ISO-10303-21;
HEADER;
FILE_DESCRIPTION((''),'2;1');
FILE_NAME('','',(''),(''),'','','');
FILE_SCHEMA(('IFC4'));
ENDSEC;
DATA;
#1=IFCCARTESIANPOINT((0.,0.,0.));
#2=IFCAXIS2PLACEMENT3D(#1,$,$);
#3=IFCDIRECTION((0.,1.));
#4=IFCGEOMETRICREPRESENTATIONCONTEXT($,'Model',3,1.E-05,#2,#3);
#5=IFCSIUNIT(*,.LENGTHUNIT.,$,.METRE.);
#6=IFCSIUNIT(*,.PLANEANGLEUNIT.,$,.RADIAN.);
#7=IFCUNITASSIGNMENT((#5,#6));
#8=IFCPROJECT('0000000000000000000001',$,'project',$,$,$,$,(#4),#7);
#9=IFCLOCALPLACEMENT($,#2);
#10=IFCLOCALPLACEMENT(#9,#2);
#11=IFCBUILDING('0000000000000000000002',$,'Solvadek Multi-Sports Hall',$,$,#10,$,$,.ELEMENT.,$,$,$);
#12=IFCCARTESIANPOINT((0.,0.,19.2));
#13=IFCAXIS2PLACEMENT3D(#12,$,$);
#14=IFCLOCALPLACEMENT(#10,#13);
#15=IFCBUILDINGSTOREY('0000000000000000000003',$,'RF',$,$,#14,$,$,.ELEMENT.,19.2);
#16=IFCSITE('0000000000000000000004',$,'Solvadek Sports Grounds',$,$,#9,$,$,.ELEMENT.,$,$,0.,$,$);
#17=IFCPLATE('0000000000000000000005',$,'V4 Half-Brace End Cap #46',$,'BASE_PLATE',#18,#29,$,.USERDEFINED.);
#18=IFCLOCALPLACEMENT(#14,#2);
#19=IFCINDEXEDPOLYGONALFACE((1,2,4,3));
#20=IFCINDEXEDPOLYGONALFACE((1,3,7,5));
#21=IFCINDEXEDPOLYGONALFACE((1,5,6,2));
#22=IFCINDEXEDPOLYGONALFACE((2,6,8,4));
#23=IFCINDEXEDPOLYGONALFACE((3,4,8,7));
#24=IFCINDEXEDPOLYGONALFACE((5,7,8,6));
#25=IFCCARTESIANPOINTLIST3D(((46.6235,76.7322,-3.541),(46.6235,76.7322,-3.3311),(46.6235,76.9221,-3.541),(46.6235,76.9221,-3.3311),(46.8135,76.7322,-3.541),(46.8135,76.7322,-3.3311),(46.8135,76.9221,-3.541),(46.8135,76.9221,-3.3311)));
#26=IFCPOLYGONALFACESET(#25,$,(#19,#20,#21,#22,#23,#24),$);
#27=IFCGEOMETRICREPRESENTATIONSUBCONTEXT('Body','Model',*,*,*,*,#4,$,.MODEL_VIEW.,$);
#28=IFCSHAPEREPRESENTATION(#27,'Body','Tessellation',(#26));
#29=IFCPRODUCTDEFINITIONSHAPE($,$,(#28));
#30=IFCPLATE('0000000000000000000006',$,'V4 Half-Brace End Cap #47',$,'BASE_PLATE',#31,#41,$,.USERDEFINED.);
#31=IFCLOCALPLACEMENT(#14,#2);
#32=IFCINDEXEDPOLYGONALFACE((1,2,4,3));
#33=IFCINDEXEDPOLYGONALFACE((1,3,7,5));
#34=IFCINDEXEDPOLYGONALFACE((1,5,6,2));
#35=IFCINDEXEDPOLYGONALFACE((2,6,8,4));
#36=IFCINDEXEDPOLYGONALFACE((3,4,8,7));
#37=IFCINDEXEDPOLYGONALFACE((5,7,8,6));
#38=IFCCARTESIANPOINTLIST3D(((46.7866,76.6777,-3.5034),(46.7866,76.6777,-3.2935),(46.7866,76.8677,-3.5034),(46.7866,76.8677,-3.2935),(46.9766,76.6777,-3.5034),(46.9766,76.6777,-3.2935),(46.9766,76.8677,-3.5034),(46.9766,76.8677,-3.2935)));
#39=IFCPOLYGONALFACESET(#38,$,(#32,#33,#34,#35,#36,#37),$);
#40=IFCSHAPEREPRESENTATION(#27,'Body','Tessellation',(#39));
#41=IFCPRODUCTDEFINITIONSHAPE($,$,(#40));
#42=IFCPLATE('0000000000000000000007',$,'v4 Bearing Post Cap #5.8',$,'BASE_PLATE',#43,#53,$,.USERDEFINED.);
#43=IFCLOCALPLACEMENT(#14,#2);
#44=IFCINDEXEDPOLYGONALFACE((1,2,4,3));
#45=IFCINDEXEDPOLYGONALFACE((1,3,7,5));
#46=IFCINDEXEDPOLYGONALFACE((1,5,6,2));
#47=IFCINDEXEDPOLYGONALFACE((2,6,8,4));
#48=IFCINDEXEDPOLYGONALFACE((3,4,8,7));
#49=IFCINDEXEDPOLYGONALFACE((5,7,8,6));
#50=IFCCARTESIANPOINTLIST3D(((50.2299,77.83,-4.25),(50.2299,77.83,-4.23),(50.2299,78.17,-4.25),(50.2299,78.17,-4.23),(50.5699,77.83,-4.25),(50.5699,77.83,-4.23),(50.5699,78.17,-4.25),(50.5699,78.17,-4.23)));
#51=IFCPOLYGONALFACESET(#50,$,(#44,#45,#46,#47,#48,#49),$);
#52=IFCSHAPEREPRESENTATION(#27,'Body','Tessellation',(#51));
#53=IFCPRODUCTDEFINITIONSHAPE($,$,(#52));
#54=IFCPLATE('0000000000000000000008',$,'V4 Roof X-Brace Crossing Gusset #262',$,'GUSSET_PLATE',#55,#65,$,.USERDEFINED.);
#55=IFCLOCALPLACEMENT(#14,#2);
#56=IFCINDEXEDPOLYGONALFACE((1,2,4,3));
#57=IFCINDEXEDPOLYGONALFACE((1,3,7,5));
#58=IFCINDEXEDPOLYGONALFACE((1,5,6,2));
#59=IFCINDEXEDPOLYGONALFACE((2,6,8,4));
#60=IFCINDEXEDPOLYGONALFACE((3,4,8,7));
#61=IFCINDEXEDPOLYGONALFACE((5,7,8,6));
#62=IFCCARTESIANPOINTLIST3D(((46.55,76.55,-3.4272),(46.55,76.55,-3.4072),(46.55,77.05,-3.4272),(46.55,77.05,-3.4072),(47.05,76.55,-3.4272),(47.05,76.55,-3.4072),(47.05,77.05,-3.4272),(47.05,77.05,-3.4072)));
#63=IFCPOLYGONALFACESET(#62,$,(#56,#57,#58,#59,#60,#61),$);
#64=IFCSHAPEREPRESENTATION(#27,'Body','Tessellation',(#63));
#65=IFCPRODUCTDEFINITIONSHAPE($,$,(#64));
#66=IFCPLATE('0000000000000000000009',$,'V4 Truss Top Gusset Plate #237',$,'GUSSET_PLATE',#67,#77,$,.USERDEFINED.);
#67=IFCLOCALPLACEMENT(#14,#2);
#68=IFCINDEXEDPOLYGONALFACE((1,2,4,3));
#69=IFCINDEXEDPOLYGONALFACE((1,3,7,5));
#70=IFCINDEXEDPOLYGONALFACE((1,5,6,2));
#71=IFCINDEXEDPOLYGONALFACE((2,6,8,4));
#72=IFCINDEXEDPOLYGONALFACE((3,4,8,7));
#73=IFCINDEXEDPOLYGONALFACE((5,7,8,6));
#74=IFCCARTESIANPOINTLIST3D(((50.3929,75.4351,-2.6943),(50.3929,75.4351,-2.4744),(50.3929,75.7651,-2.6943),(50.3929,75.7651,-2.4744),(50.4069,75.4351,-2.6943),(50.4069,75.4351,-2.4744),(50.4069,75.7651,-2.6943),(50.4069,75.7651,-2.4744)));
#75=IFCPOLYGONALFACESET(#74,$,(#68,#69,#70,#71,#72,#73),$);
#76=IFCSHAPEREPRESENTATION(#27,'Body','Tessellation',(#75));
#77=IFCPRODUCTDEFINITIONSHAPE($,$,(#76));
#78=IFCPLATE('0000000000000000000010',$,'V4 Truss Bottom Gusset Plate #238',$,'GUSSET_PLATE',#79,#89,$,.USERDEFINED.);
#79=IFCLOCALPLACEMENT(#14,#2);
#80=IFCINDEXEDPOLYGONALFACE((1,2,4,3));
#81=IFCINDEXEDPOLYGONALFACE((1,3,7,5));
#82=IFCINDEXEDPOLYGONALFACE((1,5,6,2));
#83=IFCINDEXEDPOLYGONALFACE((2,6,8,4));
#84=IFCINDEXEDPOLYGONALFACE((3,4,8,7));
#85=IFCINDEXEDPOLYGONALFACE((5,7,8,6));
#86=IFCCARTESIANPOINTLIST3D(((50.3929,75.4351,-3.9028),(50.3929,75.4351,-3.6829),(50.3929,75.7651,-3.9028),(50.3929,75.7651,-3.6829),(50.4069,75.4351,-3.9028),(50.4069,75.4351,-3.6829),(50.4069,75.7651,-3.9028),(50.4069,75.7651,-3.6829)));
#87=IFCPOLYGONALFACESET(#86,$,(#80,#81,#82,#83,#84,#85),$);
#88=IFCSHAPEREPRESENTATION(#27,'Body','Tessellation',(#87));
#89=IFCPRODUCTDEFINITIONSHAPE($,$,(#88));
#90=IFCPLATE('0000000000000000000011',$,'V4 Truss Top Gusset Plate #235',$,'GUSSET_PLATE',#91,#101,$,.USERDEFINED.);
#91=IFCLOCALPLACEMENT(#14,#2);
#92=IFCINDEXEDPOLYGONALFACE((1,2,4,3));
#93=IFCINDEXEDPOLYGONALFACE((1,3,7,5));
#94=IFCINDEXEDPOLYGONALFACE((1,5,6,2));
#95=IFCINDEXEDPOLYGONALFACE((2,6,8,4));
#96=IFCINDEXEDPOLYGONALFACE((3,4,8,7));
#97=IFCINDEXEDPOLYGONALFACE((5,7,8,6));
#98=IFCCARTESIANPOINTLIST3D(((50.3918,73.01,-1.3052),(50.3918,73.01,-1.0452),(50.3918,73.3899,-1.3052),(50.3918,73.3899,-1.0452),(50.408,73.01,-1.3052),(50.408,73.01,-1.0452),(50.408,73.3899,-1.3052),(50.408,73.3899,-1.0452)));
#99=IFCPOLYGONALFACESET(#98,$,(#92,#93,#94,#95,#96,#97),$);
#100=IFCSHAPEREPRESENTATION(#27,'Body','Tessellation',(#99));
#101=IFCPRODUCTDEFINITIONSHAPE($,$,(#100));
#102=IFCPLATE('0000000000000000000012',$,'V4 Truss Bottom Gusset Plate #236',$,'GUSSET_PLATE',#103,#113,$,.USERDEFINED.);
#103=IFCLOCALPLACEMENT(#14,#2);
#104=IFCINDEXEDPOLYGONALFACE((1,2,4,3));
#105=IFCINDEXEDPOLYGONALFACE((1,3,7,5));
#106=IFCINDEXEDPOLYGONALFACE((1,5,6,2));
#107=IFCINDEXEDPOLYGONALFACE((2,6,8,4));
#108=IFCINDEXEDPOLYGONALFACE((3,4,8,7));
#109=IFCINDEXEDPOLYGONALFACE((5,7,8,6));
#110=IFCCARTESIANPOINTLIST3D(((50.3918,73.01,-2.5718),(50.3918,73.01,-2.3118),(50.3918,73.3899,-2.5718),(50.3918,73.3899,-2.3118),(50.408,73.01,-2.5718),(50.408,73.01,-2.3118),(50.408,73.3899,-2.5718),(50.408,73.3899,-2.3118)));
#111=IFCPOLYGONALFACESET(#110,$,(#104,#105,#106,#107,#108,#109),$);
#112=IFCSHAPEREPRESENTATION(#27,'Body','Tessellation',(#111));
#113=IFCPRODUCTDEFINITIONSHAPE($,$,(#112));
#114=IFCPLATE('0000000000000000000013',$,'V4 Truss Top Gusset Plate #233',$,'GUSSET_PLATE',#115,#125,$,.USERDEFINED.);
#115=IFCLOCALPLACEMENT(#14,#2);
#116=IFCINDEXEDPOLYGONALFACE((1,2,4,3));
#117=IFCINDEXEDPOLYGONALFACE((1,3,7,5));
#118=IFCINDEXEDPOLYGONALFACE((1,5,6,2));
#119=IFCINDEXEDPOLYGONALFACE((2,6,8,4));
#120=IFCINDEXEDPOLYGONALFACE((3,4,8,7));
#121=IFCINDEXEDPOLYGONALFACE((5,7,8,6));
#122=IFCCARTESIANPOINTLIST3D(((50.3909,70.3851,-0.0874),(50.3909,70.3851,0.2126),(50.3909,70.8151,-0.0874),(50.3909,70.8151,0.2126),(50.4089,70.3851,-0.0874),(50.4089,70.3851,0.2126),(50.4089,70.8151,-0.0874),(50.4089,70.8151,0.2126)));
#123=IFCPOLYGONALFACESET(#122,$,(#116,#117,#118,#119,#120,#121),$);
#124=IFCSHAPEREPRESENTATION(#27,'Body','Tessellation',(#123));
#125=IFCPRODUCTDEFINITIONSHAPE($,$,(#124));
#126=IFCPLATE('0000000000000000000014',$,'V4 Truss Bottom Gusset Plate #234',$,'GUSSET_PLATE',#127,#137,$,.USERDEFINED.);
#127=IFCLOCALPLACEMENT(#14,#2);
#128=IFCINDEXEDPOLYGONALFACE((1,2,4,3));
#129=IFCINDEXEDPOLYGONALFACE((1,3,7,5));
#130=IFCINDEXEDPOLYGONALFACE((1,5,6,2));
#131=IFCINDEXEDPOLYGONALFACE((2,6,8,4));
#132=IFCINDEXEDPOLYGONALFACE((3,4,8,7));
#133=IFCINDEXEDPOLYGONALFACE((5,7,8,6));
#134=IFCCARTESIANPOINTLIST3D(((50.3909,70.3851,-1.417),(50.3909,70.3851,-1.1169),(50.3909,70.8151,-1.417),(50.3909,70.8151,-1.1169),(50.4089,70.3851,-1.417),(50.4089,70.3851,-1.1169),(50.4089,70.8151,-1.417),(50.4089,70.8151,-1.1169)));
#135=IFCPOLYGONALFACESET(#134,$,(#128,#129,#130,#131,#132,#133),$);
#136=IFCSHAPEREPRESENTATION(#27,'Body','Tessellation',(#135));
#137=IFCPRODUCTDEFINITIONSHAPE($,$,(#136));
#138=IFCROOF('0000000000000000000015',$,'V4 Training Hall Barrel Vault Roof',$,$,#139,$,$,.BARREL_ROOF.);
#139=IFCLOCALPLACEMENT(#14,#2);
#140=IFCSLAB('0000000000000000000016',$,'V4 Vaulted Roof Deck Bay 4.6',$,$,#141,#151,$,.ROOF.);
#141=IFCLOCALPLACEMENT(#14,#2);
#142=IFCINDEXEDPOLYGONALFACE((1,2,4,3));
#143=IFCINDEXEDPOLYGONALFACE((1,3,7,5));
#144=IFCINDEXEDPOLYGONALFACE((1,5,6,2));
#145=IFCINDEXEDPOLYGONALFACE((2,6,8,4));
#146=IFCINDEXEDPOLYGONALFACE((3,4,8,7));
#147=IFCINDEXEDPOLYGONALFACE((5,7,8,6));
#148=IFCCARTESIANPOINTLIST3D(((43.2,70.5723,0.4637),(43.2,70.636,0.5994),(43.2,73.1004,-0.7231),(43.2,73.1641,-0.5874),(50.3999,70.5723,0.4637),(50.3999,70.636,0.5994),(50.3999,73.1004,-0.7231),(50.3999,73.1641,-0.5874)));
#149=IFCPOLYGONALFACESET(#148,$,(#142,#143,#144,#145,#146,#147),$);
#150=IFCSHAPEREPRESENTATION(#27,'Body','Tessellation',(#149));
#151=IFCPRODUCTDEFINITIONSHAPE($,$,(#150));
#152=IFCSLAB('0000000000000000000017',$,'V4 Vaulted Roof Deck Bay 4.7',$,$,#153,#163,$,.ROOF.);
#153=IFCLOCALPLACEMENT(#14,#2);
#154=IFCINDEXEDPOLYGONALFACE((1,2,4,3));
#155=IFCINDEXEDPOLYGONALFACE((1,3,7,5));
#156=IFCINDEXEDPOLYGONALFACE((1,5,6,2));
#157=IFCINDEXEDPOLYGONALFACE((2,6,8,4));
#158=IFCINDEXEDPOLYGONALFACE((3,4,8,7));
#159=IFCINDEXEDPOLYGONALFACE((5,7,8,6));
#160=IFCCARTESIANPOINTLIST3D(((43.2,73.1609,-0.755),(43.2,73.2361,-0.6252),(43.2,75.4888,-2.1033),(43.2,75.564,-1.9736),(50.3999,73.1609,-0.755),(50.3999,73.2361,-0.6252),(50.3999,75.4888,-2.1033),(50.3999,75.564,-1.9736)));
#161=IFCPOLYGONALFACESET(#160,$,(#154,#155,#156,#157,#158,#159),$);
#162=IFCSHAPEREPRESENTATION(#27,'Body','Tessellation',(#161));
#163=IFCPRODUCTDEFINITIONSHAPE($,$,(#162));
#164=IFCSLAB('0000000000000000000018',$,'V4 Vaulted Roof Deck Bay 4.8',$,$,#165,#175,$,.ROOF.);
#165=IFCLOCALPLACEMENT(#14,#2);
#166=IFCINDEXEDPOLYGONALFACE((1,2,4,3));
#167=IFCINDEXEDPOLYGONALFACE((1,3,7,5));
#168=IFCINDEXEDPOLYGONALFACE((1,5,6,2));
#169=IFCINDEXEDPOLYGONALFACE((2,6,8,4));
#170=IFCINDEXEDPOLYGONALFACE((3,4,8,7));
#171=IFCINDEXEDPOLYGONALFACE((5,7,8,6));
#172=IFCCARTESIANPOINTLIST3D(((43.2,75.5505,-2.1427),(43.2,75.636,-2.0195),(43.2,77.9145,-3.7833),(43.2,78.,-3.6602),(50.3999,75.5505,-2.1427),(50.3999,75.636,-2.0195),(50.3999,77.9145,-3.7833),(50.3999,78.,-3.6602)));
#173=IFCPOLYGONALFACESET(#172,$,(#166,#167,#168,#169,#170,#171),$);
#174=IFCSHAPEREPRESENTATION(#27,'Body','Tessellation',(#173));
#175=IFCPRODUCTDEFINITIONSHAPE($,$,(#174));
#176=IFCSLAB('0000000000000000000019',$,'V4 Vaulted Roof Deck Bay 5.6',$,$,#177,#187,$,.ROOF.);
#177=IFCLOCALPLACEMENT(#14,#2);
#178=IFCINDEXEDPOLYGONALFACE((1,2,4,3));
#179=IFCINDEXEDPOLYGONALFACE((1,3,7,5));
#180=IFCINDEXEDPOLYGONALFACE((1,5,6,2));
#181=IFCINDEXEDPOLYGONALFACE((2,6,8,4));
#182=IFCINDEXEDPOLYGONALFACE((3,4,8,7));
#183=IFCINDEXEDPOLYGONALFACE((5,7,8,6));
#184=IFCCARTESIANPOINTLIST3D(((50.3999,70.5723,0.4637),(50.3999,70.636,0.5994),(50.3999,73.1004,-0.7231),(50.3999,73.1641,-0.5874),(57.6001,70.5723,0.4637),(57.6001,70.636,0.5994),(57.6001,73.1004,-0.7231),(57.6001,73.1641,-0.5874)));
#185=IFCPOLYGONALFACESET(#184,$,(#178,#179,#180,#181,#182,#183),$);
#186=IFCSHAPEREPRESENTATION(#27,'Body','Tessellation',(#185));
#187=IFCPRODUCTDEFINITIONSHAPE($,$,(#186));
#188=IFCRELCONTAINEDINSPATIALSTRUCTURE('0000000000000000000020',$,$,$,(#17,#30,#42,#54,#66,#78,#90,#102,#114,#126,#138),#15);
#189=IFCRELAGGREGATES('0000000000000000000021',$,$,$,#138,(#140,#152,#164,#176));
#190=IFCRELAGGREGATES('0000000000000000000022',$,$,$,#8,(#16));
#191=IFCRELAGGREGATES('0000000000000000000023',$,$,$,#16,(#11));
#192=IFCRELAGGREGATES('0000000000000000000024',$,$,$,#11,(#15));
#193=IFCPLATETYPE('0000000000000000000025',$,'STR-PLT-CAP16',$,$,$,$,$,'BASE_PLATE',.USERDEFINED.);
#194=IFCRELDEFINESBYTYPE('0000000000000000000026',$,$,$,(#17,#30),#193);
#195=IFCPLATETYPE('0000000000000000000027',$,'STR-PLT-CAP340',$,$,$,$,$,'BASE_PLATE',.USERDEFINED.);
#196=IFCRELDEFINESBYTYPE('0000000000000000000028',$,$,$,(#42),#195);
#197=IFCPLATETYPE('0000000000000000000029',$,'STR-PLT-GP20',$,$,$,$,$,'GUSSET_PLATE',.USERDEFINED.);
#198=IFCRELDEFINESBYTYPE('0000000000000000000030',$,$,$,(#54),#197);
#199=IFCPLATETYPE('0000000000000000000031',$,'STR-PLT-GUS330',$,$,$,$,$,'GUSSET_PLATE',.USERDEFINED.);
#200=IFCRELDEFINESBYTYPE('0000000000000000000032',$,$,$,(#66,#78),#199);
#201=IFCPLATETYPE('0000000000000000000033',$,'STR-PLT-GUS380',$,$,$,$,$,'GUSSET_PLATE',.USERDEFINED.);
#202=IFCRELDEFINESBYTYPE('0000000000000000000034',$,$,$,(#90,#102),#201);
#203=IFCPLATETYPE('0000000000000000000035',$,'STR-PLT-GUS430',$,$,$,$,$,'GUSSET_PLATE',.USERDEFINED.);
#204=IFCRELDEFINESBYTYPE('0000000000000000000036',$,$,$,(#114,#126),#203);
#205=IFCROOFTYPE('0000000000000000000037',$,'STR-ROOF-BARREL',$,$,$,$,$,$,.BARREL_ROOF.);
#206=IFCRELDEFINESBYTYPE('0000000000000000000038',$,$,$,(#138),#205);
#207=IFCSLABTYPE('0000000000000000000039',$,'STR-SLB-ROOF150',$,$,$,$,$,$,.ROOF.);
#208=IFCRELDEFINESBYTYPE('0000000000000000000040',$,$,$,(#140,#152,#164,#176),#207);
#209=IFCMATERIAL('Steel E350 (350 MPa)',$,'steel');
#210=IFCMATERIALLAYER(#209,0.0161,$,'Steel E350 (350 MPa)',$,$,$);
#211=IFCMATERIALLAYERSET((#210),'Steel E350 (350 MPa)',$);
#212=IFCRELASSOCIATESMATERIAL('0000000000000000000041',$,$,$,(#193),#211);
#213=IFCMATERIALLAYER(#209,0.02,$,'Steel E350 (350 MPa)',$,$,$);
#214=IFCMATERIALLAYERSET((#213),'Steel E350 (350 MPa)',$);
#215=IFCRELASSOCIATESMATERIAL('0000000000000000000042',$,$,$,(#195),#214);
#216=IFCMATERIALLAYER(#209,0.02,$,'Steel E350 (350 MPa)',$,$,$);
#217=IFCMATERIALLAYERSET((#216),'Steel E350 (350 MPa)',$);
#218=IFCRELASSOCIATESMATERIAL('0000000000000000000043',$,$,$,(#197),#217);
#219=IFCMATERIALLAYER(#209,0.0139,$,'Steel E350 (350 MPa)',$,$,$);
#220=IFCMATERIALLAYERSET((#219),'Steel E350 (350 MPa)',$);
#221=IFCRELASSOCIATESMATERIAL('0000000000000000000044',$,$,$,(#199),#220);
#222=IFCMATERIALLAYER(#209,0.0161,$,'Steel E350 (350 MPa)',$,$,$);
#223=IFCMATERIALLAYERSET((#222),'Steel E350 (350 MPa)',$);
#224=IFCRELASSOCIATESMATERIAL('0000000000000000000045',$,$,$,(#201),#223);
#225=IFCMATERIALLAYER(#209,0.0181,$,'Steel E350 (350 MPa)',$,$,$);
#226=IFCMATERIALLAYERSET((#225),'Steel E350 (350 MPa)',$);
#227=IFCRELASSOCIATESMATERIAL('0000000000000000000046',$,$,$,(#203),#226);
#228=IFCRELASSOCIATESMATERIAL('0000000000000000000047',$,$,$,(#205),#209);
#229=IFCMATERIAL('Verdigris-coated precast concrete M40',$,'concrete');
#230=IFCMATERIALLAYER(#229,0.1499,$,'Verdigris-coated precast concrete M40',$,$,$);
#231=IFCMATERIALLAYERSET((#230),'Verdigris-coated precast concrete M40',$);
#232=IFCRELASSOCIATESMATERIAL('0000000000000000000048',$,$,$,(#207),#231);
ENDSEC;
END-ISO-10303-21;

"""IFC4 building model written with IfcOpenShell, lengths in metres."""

from ifc_helpers import new_model, si_unit, direction, frame, origin, origin_2d, place, context, subcontext, project, spatial, polyline, rectangle, outline, extrude, material, layer, layer_set, type_object, element, aggregate, save


model = new_model("IFC4")

# Units and contexts
model_context = context("Model", 3, precision=1e-05, world=origin(), true_north=direction((0.0, 1.0)))
body_context = subcontext(model_context, "Body", "Model", "MODEL_VIEW")
ifc_project = project(units=[si_unit("LENGTHUNIT", "METRE"), si_unit("PLANEANGLEUNIT", "RADIAN")], contexts=[model_context])

# Site, building, storey
site_placement = place(None, origin())
site = spatial("IfcSite", under=ifc_project, at=site_placement, Name="Solvadek Sports Grounds", CompositionType="ELEMENT", RefElevation=0.0)
building_placement = place(site_placement, origin())
building = spatial("IfcBuilding", under=site, at=building_placement, Name="Solvadek Multi-Sports Hall", CompositionType="ELEMENT")
storey_placement = place(building_placement, frame((0.0, 0.0, 19.2)))
storey = spatial("IfcBuildingStorey", under=building, at=storey_placement, Name="RF", CompositionType="ELEMENT", Elevation=19.2)

# Shared definitions
ifc_material_1 = material(Name="Steel E350 (350 MPa)", Category="steel")

# Plates
ifc_layer_1 = layer(ifc_material_1, 0.0161, Name="Steel E350 (350 MPa)")
ifc_layer_set_1 = layer_set([ifc_layer_1], Name="Steel E350 (350 MPa)")
plate_type_1 = type_object("IfcPlateType", Name="STR-PLT-CAP16", ElementType="BASE_PLATE", PredefinedType="USERDEFINED", material=ifc_layer_set_1)
for number, where, z_axis, x_axis, name in (
    (1, (46.7185, 76.8271, -3.541), (0.0, 0.0, 1.0), (1.0, 0.0, 0.0), "V4 Half-Brace End Cap #46"),
    (2, (46.8816, 76.7727, -3.5034), (0.0, 0.0, 1.0), (1.0, 0.0, 0.0), "V4 Half-Brace End Cap #47"),
):
    element("IfcPlate", number, at=place(storey_placement, frame(where, z_axis=z_axis, x_axis=x_axis)), inside=storey, type_object=plate_type_1, Name=name, ObjectType="BASE_PLATE", PredefinedType="USERDEFINED", context=body_context, shape_type="SweptSolid", body=[
        extrude(rectangle(XDim=0.1899, YDim=0.1899, at=origin_2d()), origin(), (0.0, 0.0, 1.0), 0.21),
    ])
ifc_layer_2 = layer(ifc_material_1, 0.02, Name="Steel E350 (350 MPa)")
ifc_layer_set_2 = layer_set([ifc_layer_2], Name="Steel E350 (350 MPa)")
plate_type_2 = type_object("IfcPlateType", Name="STR-PLT-CAP340", ElementType="BASE_PLATE", PredefinedType="USERDEFINED", material=ifc_layer_set_2)
plate_1_placement = place(storey_placement, frame((50.3999, 78.0, -4.25), z_axis=(0.0, 0.0, 1.0), x_axis=(1.0, 0.0, 0.0)))
element("IfcPlate", 3, at=plate_1_placement, inside=storey, type_object=plate_type_2, Name="v4 Bearing Post Cap #5.8", ObjectType="BASE_PLATE", PredefinedType="USERDEFINED", context=body_context, shape_type="SweptSolid", body=[
    extrude(rectangle(XDim=0.3401, YDim=0.3401, at=origin_2d()), origin(), (0.0, 0.0, 1.0), 0.02),
])
ifc_layer_3 = layer(ifc_material_1, 0.02, Name="Steel E350 (350 MPa)")
ifc_layer_set_3 = layer_set([ifc_layer_3], Name="Steel E350 (350 MPa)")
plate_type_3 = type_object("IfcPlateType", Name="STR-PLT-GP20", ElementType="GUSSET_PLATE", PredefinedType="USERDEFINED", material=ifc_layer_set_3)
plate_2_placement = place(storey_placement, frame((46.8, 76.8, -3.4272), z_axis=(0.0, 0.0, 1.0), x_axis=(1.0, 0.0, 0.0)))
element("IfcPlate", 4, at=plate_2_placement, inside=storey, type_object=plate_type_3, Name="V4 Roof X-Brace Crossing Gusset #262", ObjectType="GUSSET_PLATE", PredefinedType="USERDEFINED", context=body_context, shape_type="SweptSolid", body=[
    extrude(rectangle(XDim=0.5, YDim=0.5, at=origin_2d()), origin(), (0.0, 0.0, 1.0), 0.02),
])
ifc_layer_4 = layer(ifc_material_1, 0.0139, Name="Steel E350 (350 MPa)")
ifc_layer_set_4 = layer_set([ifc_layer_4], Name="Steel E350 (350 MPa)")
plate_type_4 = type_object("IfcPlateType", Name="STR-PLT-GUS330", ElementType="GUSSET_PLATE", PredefinedType="USERDEFINED", material=ifc_layer_set_4)
for number, where, z_axis, x_axis, name in (
    (5, (50.3999, 75.6001, -2.6943), (0.0, 0.0, 1.0), (0.0, 1.0, 0.0), "V4 Truss Top Gusset Plate #237"),
    (6, (50.3999, 75.6001, -3.9028), (0.0, 0.0, 1.0), (0.0, 1.0, 0.0), "V4 Truss Bottom Gusset Plate #238"),
):
    element("IfcPlate", number, at=place(storey_placement, frame(where, z_axis=z_axis, x_axis=x_axis)), inside=storey, type_object=plate_type_4, Name=name, ObjectType="GUSSET_PLATE", PredefinedType="USERDEFINED", context=body_context, shape_type="SweptSolid", body=[
        extrude(rectangle(XDim=0.3301, YDim=0.0139, at=origin_2d()), origin(), (0.0, 0.0, 1.0), 0.22),
    ])
ifc_layer_5 = layer(ifc_material_1, 0.0161, Name="Steel E350 (350 MPa)")
ifc_layer_set_5 = layer_set([ifc_layer_5], Name="Steel E350 (350 MPa)")
plate_type_5 = type_object("IfcPlateType", Name="STR-PLT-GUS380", ElementType="GUSSET_PLATE", PredefinedType="USERDEFINED", material=ifc_layer_set_5)
for number, where, z_axis, x_axis, name in (
    (7, (50.3999, 73.2, -1.3052), (0.0, 0.0, 1.0), (0.0, 1.0, 0.0), "V4 Truss Top Gusset Plate #235"),
    (8, (50.3999, 73.2, -2.5718), (0.0, 0.0, 1.0), (0.0, 1.0, 0.0), "V4 Truss Bottom Gusset Plate #236"),
):
    element("IfcPlate", number, at=place(storey_placement, frame(where, z_axis=z_axis, x_axis=x_axis)), inside=storey, type_object=plate_type_5, Name=name, ObjectType="GUSSET_PLATE", PredefinedType="USERDEFINED", context=body_context, shape_type="SweptSolid", body=[
        extrude(rectangle(XDim=0.3799, YDim=0.0161, at=origin_2d()), origin(), (0.0, 0.0, 1.0), 0.26),
    ])
ifc_layer_6 = layer(ifc_material_1, 0.0181, Name="Steel E350 (350 MPa)")
ifc_layer_set_6 = layer_set([ifc_layer_6], Name="Steel E350 (350 MPa)")
plate_type_6 = type_object("IfcPlateType", Name="STR-PLT-GUS430", ElementType="GUSSET_PLATE", PredefinedType="USERDEFINED", material=ifc_layer_set_6)
for number, where, z_axis, x_axis, name in (
    (9, (50.3999, 70.6001, -0.0874), (0.0, 0.0, 1.0), (0.0, 1.0, 0.0), "V4 Truss Top Gusset Plate #233"),
    (10, (50.3999, 70.6001, -1.417), (0.0, 0.0, 1.0), (0.0, 1.0, 0.0), "V4 Truss Bottom Gusset Plate #234"),
):
    element("IfcPlate", number, at=place(storey_placement, frame(where, z_axis=z_axis, x_axis=x_axis)), inside=storey, type_object=plate_type_6, Name=name, ObjectType="GUSSET_PLATE", PredefinedType="USERDEFINED", context=body_context, shape_type="SweptSolid", body=[
        extrude(rectangle(XDim=0.4299, YDim=0.0181, at=origin_2d()), origin(), (0.0, 0.0, 1.0), 0.3),
    ])

# Roof, slabs
roof_type = type_object("IfcRoofType", Name="STR-ROOF-BARREL", PredefinedType="BARREL_ROOF", material=ifc_material_1)
roof_placement = place(storey_placement, origin())
roof = element("IfcRoof", 11, at=roof_placement, inside=storey, type_object=roof_type, Name="V4 Training Hall Barrel Vault Roof", PredefinedType="BARREL_ROOF")
ifc_material_2 = material(Name="Verdigris-coated precast concrete M40", Category="concrete")
ifc_layer_7 = layer(ifc_material_2, 0.1499, Name="Verdigris-coated precast concrete M40")
ifc_layer_set_7 = layer_set([ifc_layer_7], Name="Verdigris-coated precast concrete M40")
slab_type = type_object("IfcSlabType", Name="STR-SLB-ROOF150", PredefinedType="ROOF", material=ifc_layer_set_7)
slab_1_placement = place(storey_placement, frame((43.2, 70.636, 0.5994), z_axis=(0.0, 0.424942, 0.90522), x_axis=(1.0, 0.0, 0.0)))
slab_1 = element("IfcSlab", 12, at=slab_1_placement, type_object=slab_type, Name="V4 Vaulted Roof Deck Bay 4.6", PredefinedType="ROOF", context=body_context, shape_type="SweptSolid", body=[
    extrude(outline(polyline([(0.0, 0.0), (7.2, 0.0), (7.2, 2.7928), (0.0, 2.7928), (0.0, 0.0)])), origin(), (0.0, 0.0, -1.0), 0.1499),
])
slab_2_placement = place(storey_placement, frame((43.2, 73.2361, -0.6252), z_axis=(0.0, 0.501222, 0.865319), x_axis=(1.0, 0.0, 0.0)))
slab_2 = element("IfcSlab", 13, at=slab_2_placement, type_object=slab_type, Name="V4 Vaulted Roof Deck Bay 4.7", PredefinedType="ROOF", context=body_context, shape_type="SweptSolid", body=[
    extrude(outline(polyline([(0.0, 0.0), (7.2, 0.0), (7.2, 2.6902), (0.0, 2.6902), (0.0, 0.0)])), origin(), (0.0, 0.0, -1.0), 0.1499),
])
slab_3_placement = place(storey_placement, frame((43.2, 75.636, -2.0195), z_axis=(0.0, 0.570149, 0.821541), x_axis=(1.0, 0.0, 0.0)))
slab_3 = element("IfcSlab", 14, at=slab_3_placement, type_object=slab_type, Name="V4 Vaulted Roof Deck Bay 4.8", PredefinedType="ROOF", context=body_context, shape_type="SweptSolid", body=[
    extrude(outline(polyline([(0.0, 0.0), (7.2, 0.0), (7.2, 2.8775), (0.0, 2.8775), (0.0, 0.0)])), origin(), (0.0, 0.0, -1.0), 0.1499),
])
slab_4_placement = place(storey_placement, frame((50.3999, 70.636, 0.5994), z_axis=(0.0, 0.424942, 0.90522), x_axis=(1.0, 0.0, 0.0)))
slab_4 = element("IfcSlab", 15, at=slab_4_placement, type_object=slab_type, Name="V4 Vaulted Roof Deck Bay 5.6", PredefinedType="ROOF", context=body_context, shape_type="SweptSolid", body=[
    extrude(outline(polyline([(0.0, 0.0), (7.2002, 0.0), (7.2002, 2.7928), (0.0, 2.7928), (0.0, 0.0)])), origin(), (0.0, 0.0, -1.0), 0.1499),
])
aggregate(roof, [slab_1, slab_2, slab_3, slab_4])

save(model, "model.ifc")
